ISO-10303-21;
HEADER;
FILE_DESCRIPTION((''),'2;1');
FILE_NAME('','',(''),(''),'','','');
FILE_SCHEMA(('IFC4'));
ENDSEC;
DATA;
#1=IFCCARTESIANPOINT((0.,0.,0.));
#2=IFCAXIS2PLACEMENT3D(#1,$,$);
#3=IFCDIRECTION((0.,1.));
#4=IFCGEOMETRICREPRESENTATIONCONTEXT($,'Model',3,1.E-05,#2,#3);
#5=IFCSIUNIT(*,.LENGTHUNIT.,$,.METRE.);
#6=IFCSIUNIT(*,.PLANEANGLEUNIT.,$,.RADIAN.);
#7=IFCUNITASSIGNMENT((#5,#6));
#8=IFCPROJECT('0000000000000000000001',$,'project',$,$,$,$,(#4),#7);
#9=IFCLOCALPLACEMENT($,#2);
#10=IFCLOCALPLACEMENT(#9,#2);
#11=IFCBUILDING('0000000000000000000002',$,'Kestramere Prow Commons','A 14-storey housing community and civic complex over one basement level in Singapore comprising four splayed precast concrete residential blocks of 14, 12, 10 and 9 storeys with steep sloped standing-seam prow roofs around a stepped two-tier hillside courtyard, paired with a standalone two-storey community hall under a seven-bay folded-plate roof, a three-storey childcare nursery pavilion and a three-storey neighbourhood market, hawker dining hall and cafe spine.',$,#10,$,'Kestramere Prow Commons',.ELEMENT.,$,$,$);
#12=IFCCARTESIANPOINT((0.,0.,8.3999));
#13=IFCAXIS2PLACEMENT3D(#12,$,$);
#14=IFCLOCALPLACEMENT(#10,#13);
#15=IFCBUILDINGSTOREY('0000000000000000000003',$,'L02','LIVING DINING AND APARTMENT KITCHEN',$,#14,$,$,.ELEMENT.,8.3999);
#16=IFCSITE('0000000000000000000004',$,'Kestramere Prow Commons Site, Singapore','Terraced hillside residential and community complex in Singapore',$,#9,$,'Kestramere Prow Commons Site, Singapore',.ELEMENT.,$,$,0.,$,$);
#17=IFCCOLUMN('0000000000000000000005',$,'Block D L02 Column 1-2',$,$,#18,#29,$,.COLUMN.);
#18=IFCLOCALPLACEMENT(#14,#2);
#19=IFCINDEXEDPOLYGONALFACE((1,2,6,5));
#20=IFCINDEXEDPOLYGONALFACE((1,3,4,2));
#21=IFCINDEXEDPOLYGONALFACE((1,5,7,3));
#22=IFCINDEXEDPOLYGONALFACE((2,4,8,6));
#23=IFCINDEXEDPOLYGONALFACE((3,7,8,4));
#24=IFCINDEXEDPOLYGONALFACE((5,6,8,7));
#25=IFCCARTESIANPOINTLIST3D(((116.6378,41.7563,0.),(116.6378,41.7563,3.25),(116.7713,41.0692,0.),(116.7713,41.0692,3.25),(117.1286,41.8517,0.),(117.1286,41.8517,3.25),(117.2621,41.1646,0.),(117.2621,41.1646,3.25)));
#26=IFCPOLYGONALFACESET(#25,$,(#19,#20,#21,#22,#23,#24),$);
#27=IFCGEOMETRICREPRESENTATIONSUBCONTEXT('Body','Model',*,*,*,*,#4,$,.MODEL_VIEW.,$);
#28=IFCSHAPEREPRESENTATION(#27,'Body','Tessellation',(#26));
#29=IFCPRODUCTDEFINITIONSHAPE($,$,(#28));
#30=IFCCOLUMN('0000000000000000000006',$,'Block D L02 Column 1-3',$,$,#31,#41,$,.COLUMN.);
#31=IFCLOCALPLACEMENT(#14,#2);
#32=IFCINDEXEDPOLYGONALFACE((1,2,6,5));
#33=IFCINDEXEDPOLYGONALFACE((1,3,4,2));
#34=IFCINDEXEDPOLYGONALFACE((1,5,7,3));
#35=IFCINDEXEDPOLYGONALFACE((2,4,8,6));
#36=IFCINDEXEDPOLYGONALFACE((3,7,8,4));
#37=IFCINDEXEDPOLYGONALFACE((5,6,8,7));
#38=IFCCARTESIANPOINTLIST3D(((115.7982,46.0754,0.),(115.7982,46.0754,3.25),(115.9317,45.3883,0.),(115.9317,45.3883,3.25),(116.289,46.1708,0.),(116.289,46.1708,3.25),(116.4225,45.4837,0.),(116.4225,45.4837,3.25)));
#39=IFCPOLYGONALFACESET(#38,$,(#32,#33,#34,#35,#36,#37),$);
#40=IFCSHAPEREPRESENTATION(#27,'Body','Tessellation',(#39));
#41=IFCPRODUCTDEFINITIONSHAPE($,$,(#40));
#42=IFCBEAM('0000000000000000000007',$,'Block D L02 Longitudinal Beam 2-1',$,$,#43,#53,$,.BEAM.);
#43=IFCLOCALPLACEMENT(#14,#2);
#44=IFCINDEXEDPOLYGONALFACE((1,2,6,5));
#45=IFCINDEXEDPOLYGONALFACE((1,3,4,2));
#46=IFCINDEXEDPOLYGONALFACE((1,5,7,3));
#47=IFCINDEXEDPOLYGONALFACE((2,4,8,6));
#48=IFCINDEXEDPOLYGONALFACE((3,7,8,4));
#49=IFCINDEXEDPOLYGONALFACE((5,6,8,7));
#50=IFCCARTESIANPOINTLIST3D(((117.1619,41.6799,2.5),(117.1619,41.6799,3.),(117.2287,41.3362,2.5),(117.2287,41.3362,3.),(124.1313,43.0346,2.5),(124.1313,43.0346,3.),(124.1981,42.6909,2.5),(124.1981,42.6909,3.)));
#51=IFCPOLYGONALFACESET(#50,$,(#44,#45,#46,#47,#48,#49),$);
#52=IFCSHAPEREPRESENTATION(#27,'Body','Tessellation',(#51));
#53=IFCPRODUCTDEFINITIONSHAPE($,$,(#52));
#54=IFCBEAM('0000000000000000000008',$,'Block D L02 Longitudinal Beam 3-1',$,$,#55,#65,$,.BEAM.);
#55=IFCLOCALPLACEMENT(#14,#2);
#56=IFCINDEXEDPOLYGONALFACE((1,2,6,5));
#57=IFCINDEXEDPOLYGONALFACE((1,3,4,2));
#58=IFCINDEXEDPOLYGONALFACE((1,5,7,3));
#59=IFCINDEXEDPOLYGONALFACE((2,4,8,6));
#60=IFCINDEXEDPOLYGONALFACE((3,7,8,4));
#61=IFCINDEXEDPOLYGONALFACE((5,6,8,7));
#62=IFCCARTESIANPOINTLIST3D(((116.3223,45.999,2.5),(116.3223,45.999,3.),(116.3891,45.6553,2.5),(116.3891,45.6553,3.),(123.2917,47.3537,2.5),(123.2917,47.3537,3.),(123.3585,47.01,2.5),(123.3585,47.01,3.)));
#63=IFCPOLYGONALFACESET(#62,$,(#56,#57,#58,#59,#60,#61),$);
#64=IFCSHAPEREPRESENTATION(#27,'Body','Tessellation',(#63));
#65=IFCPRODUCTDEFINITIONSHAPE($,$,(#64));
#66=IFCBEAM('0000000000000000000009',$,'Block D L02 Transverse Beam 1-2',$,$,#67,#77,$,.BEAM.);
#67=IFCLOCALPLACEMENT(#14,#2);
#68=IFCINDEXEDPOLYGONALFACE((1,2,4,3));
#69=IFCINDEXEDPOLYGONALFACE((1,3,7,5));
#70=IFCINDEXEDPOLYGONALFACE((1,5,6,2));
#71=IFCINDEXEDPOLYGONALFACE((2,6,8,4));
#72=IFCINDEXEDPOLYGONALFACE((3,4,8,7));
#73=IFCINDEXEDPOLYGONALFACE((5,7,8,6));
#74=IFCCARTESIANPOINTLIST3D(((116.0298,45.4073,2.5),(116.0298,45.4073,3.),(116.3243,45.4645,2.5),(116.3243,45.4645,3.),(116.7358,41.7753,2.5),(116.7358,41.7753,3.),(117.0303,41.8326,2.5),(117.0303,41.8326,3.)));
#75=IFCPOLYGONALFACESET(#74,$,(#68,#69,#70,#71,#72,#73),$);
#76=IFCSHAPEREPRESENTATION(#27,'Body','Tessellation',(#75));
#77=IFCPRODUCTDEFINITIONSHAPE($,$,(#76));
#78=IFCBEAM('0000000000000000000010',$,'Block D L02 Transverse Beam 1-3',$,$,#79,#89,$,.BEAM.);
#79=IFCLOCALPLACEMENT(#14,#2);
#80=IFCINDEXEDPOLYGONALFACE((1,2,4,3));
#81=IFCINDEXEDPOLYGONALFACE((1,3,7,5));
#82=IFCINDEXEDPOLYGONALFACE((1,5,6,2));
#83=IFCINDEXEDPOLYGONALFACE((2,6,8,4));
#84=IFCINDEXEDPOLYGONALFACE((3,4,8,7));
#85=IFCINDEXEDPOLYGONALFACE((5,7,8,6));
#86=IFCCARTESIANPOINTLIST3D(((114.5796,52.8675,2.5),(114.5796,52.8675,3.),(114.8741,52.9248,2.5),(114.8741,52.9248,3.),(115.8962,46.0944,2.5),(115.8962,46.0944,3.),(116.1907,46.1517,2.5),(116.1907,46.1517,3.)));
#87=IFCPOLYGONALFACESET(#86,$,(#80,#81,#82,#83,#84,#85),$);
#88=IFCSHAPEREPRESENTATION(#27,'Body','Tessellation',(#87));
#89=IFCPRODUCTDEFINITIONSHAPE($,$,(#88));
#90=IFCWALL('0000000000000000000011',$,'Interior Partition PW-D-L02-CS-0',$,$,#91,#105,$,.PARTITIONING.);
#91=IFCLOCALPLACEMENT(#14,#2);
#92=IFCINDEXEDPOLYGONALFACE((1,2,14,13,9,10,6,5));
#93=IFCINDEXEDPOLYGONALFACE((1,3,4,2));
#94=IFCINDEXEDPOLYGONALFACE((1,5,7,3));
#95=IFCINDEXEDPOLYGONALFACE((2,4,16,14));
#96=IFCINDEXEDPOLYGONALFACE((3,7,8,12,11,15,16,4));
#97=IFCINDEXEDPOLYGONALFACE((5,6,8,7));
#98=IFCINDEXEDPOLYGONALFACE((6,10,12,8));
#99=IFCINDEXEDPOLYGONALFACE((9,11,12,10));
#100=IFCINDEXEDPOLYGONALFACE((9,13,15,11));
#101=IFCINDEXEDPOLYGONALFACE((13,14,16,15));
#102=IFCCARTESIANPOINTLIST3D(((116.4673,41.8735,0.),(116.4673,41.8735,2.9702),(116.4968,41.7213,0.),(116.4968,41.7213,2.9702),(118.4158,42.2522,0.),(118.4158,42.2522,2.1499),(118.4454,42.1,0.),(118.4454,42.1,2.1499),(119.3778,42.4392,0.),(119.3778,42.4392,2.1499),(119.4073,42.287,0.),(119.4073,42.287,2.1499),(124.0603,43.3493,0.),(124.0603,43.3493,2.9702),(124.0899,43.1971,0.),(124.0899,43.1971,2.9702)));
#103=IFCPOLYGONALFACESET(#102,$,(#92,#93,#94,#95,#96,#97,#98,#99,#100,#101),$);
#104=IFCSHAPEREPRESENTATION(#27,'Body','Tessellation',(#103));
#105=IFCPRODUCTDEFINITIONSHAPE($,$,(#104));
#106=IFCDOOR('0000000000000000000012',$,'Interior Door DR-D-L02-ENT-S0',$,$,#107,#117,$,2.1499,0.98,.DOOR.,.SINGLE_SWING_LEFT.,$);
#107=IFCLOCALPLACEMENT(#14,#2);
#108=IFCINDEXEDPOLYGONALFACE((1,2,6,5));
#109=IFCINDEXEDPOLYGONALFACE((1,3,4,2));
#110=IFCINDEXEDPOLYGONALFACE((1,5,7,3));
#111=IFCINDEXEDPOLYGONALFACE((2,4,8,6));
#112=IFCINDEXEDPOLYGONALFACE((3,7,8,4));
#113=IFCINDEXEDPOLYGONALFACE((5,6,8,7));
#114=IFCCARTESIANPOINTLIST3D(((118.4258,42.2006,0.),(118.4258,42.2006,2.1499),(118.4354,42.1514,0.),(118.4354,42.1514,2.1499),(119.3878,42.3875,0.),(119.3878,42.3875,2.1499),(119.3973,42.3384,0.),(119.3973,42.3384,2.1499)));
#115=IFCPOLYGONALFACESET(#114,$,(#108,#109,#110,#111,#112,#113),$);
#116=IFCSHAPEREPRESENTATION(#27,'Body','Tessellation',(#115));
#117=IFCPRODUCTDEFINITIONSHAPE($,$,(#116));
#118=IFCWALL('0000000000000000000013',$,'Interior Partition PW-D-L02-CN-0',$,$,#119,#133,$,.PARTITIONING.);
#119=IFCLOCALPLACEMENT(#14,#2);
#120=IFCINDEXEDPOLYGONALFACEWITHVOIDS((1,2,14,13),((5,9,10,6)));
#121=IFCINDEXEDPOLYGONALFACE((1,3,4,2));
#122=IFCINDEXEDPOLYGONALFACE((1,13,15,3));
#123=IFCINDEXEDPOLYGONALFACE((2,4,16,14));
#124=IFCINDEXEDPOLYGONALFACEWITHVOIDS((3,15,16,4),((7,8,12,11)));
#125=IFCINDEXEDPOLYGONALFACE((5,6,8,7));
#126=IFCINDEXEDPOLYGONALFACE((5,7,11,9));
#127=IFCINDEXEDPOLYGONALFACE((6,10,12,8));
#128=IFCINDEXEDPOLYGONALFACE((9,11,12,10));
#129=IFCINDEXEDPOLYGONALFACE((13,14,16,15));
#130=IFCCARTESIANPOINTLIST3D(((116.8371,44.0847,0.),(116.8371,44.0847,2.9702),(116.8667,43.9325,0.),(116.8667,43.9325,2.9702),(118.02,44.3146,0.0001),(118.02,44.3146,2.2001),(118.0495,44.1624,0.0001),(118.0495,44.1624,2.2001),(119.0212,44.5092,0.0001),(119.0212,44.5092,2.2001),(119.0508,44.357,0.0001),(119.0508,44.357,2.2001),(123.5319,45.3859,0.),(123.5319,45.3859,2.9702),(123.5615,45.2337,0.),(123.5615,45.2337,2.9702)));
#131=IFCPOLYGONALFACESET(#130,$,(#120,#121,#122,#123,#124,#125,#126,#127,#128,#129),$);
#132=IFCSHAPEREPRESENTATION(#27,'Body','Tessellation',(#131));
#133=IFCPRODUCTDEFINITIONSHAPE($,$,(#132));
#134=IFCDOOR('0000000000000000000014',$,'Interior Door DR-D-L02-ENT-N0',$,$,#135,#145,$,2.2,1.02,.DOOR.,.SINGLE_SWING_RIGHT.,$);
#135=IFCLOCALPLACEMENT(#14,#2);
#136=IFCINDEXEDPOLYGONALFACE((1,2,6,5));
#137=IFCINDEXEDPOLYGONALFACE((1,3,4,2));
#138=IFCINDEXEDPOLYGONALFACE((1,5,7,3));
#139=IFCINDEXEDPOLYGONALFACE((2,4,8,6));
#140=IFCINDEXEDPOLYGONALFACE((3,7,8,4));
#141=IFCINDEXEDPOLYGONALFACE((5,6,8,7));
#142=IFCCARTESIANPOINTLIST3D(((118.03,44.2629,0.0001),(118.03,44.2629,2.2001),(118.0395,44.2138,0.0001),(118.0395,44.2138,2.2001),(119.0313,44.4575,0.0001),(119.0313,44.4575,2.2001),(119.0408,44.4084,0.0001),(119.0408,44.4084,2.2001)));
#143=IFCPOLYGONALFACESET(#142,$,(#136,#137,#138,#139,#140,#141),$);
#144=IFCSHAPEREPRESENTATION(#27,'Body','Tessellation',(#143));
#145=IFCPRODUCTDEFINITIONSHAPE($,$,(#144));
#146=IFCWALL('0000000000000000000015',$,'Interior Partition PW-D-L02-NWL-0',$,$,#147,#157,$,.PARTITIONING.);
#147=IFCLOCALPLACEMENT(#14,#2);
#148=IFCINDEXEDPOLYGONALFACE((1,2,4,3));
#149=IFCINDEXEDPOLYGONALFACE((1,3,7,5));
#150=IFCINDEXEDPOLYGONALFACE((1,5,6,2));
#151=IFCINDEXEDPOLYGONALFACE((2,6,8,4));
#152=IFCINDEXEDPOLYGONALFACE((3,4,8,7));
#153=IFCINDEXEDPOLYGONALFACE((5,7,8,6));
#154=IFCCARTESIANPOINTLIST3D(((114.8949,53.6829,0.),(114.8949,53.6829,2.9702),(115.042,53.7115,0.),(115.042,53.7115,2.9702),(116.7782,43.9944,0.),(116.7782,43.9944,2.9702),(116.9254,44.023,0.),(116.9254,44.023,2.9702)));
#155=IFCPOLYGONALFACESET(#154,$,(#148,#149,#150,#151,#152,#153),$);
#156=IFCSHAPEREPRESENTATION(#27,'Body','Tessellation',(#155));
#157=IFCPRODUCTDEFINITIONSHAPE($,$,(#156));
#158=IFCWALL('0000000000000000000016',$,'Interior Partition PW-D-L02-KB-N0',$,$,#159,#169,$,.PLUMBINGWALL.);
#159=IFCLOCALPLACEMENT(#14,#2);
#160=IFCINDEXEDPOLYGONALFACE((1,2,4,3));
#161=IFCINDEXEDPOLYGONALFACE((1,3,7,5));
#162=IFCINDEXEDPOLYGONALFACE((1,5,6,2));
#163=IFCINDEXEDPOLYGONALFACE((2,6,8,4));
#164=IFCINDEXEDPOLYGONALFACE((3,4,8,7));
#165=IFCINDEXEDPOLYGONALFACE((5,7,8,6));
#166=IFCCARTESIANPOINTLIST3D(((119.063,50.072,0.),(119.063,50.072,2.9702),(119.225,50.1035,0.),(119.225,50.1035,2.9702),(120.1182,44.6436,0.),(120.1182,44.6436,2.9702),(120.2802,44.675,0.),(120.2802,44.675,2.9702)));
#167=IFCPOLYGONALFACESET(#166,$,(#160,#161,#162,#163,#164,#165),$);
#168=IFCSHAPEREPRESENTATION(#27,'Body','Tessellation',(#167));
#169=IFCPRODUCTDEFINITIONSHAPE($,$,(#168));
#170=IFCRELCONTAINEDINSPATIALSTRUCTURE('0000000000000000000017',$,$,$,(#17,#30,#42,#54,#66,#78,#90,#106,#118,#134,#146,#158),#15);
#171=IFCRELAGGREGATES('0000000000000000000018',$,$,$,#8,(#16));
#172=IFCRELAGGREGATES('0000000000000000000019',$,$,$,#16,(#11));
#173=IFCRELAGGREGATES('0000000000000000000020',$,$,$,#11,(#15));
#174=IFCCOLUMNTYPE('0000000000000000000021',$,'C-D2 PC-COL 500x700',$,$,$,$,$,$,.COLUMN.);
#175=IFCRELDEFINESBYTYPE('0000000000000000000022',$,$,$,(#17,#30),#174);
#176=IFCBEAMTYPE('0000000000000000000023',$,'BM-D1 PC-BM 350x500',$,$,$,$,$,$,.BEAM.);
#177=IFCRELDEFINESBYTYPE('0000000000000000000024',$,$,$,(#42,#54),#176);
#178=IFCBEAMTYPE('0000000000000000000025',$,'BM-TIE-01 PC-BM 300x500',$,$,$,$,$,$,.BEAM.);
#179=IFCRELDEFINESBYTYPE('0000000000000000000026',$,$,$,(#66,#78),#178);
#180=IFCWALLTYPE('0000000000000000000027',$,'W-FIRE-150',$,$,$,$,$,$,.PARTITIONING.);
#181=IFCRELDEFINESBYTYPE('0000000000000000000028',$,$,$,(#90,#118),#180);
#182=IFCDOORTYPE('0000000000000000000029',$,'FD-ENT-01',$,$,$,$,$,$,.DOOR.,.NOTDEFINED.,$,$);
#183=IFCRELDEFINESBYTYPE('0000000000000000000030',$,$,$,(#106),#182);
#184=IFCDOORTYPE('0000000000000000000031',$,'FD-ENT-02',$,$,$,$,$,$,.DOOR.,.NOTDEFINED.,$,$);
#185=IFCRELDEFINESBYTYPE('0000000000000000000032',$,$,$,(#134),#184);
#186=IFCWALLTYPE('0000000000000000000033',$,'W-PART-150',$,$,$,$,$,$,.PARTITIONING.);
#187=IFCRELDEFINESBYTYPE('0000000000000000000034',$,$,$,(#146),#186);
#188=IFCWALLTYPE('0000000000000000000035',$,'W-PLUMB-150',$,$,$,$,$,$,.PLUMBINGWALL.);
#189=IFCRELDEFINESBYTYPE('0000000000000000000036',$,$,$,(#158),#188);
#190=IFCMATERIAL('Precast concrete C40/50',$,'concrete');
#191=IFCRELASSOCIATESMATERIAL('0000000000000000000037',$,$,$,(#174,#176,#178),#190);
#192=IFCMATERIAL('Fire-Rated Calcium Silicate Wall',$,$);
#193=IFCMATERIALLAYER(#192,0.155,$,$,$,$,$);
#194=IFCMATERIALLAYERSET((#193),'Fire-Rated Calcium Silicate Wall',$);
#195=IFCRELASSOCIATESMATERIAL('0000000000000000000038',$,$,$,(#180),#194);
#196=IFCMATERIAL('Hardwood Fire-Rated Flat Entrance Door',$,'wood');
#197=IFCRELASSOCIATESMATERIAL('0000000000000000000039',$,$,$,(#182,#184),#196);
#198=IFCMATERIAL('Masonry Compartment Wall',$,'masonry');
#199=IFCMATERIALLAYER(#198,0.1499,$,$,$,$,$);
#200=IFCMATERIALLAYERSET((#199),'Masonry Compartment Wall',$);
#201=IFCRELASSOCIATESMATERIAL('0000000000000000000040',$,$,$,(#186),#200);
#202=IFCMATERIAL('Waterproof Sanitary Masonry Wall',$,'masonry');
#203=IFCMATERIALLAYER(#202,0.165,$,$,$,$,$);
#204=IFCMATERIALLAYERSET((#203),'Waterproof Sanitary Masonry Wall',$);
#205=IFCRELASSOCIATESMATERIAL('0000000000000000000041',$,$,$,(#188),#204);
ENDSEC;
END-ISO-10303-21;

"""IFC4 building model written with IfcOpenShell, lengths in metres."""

from ifc_helpers import new_model, si_unit, direction, frame, frame_2d, origin, origin_2d, place, context, subcontext, project, spatial, rectangle, extrude, material, layer, layer_set, material_profile, profile_set, type_object, element, fill, save


model = new_model("IFC4")

# Units and contexts
model_context = context("Model", 3, precision=1e-05, world=origin(), true_north=direction((0.0, 1.0)))
body_context = subcontext(model_context, "Body", "Model", "MODEL_VIEW")
ifc_project = project(units=[si_unit("LENGTHUNIT", "METRE"), si_unit("PLANEANGLEUNIT", "RADIAN")], contexts=[model_context])

# Site, building, storey
site_placement = place(None, origin())
site = spatial("IfcSite", under=ifc_project, at=site_placement, Name="Kestramere Prow Commons Site, Singapore", Description="Terraced hillside residential and community complex in Singapore", LongName="Kestramere Prow Commons Site, Singapore", CompositionType="ELEMENT", RefElevation=0.0)
building_placement = place(site_placement, origin())
building = spatial("IfcBuilding", under=site, at=building_placement, Name="Kestramere Prow Commons", Description="A 14-storey housing community and civic complex over one basement level in Singapore comprising four splayed precast concrete residential blocks of 14, 12, 10 and 9 storeys with steep sloped standing-seam prow roofs around a stepped two-tier hillside courtyard, paired with a standalone two-storey community hall under a seven-bay folded-plate roof, a three-storey childcare nursery pavilion and a three-storey neighbourhood market, hawker dining hall and cafe spine.", LongName="Kestramere Prow Commons", CompositionType="ELEMENT")
storey_placement = place(building_placement, frame((0.0, 0.0, 8.3999)))
storey = spatial("IfcBuildingStorey", under=building, at=storey_placement, Name="L02", Description="LIVING DINING AND APARTMENT KITCHEN", CompositionType="ELEMENT", Elevation=8.3999)

# Columns
ifc_material_1 = material(Name="Precast concrete C40/50", Category="concrete")
ifc_material_profile_1 = material_profile(ifc_material_1, rectangle(XDim=0.5, YDim=0.7, at=origin_2d()), Name="PC-COL 500x700")
ifc_profile_set_1 = profile_set([ifc_material_profile_1], Name="Precast concrete C40/50")
column_type = type_object("IfcColumnType", Name="C-D2 PC-COL 500x700", PredefinedType="COLUMN", material=ifc_profile_set_1)
for number, where, z_axis, x_axis, name in (
    (1, (116.95, 41.4604, 0.0), (0.0, 0.0, 1.0), (0.981627, 0.190809, 0.0), "Block D L02 Column 1-2"),
    (2, (116.1104, 45.7795, 0.0), (0.0, 0.0, 1.0), (0.981627, 0.190809, 0.0), "Block D L02 Column 1-3"),
):
    element("IfcColumn", number, at=place(storey_placement, frame(where, z_axis=z_axis, x_axis=x_axis)), inside=storey, type_object=column_type, Name=name, PredefinedType="COLUMN", context=body_context, shape_type="SweptSolid", body=[
        extrude(rectangle(XDim=0.5, YDim=0.7, at=origin_2d()), origin(), (0.0, 0.0, 1.0), 3.25),
    ])

# Beams
ifc_material_profile_2 = material_profile(ifc_material_1, rectangle(XDim=0.3501, YDim=0.5, at=origin_2d()), Name="PC-BM 350x500")
ifc_profile_set_2 = profile_set([ifc_material_profile_2], Name="Precast concrete C40/50")
beam_type_1 = type_object("IfcBeamType", Name="BM-D1 PC-BM 350x500", PredefinedType="BEAM", material=ifc_profile_set_2)
for number, where, z_axis, x_axis, name in (
    (3, (117.1953, 41.5081, 2.75), (0.981627, 0.19081, 0.0), (-0.19081, 0.981627, 0.0), "Block D L02 Longitudinal Beam 2-1"),
    (4, (116.3557, 45.8271, 2.75), (0.981627, 0.19081, 0.0), (-0.19081, 0.981627, 0.0), "Block D L02 Longitudinal Beam 3-1"),
):
    element("IfcBeam", number, at=place(storey_placement, frame(where, z_axis=z_axis, x_axis=x_axis)), inside=storey, type_object=beam_type_1, Name=name, PredefinedType="BEAM", context=body_context, shape_type="SweptSolid", body=[
        extrude(rectangle(XDim=0.3501, YDim=0.5, at=origin_2d()), origin(), (0.0, 0.0, 1.0), 7.0999),
    ])
ifc_material_profile_3 = material_profile(ifc_material_1, rectangle(XDim=0.3, YDim=0.5, at=origin_2d()), Name="PC-BM 300x500")
ifc_profile_set_3 = profile_set([ifc_material_profile_3], Name="Precast concrete C40/50")
beam_type_2 = type_object("IfcBeamType", Name="BM-TIE-01 PC-BM 300x500", PredefinedType="BEAM", material=ifc_profile_set_3)
beam_1_placement = place(storey_placement, frame((116.8831, 41.804, 2.75), z_axis=(-0.190822, 0.981625, 0.0), x_axis=(-0.981625, -0.190822, 0.0)))
element("IfcBeam", 5, at=beam_1_placement, inside=storey, type_object=beam_type_2, Name="Block D L02 Transverse Beam 1-2", PredefinedType="BEAM", context=body_context, shape_type="SweptSolid", body=[
    extrude(rectangle(XDim=0.3, YDim=0.5, at=origin_2d()), origin(), (0.0, 0.0, 1.0), 3.7),
])
beam_2_placement = place(storey_placement, frame((116.0435, 46.123, 2.75), z_axis=(-0.190819, 0.981625, 0.0), x_axis=(-0.981625, -0.190819, 0.0)))
element("IfcBeam", 6, at=beam_2_placement, inside=storey, type_object=beam_type_2, Name="Block D L02 Transverse Beam 1-3", PredefinedType="BEAM", context=body_context, shape_type="SweptSolid", body=[
    extrude(rectangle(XDim=0.3, YDim=0.5, at=origin_2d()), origin(), (0.0, 0.0, 1.0), 6.8999),
])

# Walls, openings, doors
ifc_material_2 = material(Name="Fire-Rated Calcium Silicate Wall")
ifc_layer_1 = layer(ifc_material_2, 0.155)
ifc_layer_set_1 = layer_set([ifc_layer_1], Name="Fire-Rated Calcium Silicate Wall")
wall_type_1 = type_object("IfcWallType", Name="W-FIRE-150", PredefinedType="PARTITIONING", material=ifc_layer_set_1)
wall_1_placement = place(storey_placement, frame((116.4819, 41.7974, 0.0), z_axis=(0.0, 0.0, 1.0), x_axis=(0.98163, 0.190796, 0.0)))
wall_1 = element("IfcWall", 7, at=wall_1_placement, inside=storey, type_object=wall_type_1, Name="Interior Partition PW-D-L02-CS-0", PredefinedType="PARTITIONING", context=body_context, shape_type="SweptSolid", body=[
    extrude(rectangle(XDim=7.7351, YDim=0.155, at=frame_2d((3.8677, 0.0))), origin(), (0.0, 0.0, 1.0), 2.9702),
])
opening_1_placement = place(wall_1_placement, frame((1.9851, 0.0, 0.0)))
opening_1 = element("IfcOpeningElement", 8, at=opening_1_placement, cuts=wall_1, PredefinedType="OPENING", context=body_context, shape_type="SweptSolid", body=[
    extrude(rectangle(XDim=0.98, YDim=2.1499, at=frame_2d((0.49, 1.075))), frame((0.0, 0.0925, 0.0), z_axis=(0.0, -1.0, 0.0), x_axis=(1.0, 0.0, 0.0)), (0.0, 0.0, 1.0), 0.1851),
])
ifc_material_3 = material(Name="Hardwood Fire-Rated Flat Entrance Door", Category="wood")
door_type_1 = type_object("IfcDoorType", Name="FD-ENT-01", OperationType="NOTDEFINED", PredefinedType="DOOR", material=ifc_material_3)
door_1_placement = place(opening_1_placement, origin())
door_1 = element("IfcDoor", 9, at=door_1_placement, inside=storey, type_object=door_type_1, Name="Interior Door DR-D-L02-ENT-S0", OperationType="SINGLE_SWING_LEFT", OverallHeight=2.1499, OverallWidth=0.98, PredefinedType="DOOR", context=body_context, shape_type="SweptSolid", body=[
    extrude(rectangle(XDim=0.98, YDim=2.1499, at=frame_2d((0.49, 1.075))), frame((0.0, 0.0249, 0.0), z_axis=(0.0, -1.0, 0.0), x_axis=(1.0, 0.0, 0.0)), (0.0, 0.0, 1.0), 0.05),
])
fill(opening_1, door_1)
wall_2_placement = place(storey_placement, frame((116.8518, 44.0085, 0.0), z_axis=(0.0, 0.0, 1.0), x_axis=(0.981629, 0.190799, 0.0)))
wall_2 = element("IfcWall", 10, at=wall_2_placement, inside=storey, type_object=wall_type_1, Name="Interior Partition PW-D-L02-CN-0", PredefinedType="PARTITIONING", context=body_context, shape_type="SweptSolid", body=[
    extrude(rectangle(XDim=6.8201, YDim=0.155, at=frame_2d((3.4102, 0.0))), origin(), (0.0, 0.0, 1.0), 2.9702),
])
opening_2_placement = place(wall_2_placement, frame((1.2051, 0.0, 0.0)))
opening_2 = element("IfcOpeningElement", 11, at=opening_2_placement, cuts=wall_2, PredefinedType="OPENING", context=body_context, shape_type="SweptSolid", body=[
    extrude(rectangle(XDim=1.02, YDim=2.2, at=frame_2d((0.51, 1.1001))), frame((0.0, 0.0925, 0.0), z_axis=(0.0, -1.0, 0.0), x_axis=(1.0, 0.0, 0.0)), (0.0, 0.0, 1.0), 0.1851),
])
door_type_2 = type_object("IfcDoorType", Name="FD-ENT-02", OperationType="NOTDEFINED", PredefinedType="DOOR", material=ifc_material_3)
door_2_placement = place(opening_2_placement, origin())
door_2 = element("IfcDoor", 12, at=door_2_placement, inside=storey, type_object=door_type_2, Name="Interior Door DR-D-L02-ENT-N0", OperationType="SINGLE_SWING_RIGHT", OverallHeight=2.2, OverallWidth=1.02, PredefinedType="DOOR", context=body_context, shape_type="SweptSolid", body=[
    extrude(rectangle(XDim=1.02, YDim=2.2, at=frame_2d((0.51, 1.1001))), frame((0.0, 0.0249, 0.0), z_axis=(0.0, -1.0, 0.0), x_axis=(1.0, 0.0, 0.0)), (0.0, 0.0, 1.0), 0.05),
])
fill(opening_2, door_2)

# Walls
ifc_material_4 = material(Name="Masonry Compartment Wall", Category="masonry")
ifc_layer_2 = layer(ifc_material_4, 0.1499)
ifc_layer_set_2 = layer_set([ifc_layer_2], Name="Masonry Compartment Wall")
wall_type_2 = type_object("IfcWallType", Name="W-PART-150", PredefinedType="PARTITIONING", material=ifc_layer_set_2)
wall_3_placement = place(storey_placement, frame((116.8518, 44.0085, 0.0), z_axis=(0.0, 0.0, 1.0), x_axis=(-0.190814, 0.981626, 0.0)))
element("IfcWall", 13, at=wall_3_placement, inside=storey, type_object=wall_type_2, Name="Interior Partition PW-D-L02-NWL-0", PredefinedType="PARTITIONING", context=body_context, shape_type="SweptSolid", body=[
    extrude(rectangle(XDim=9.8699, YDim=0.1499, at=frame_2d((4.9351, 0.0))), origin(), (0.0, 0.0, 1.0), 2.9702),
])
ifc_material_5 = material(Name="Waterproof Sanitary Masonry Wall", Category="masonry")
ifc_layer_3 = layer(ifc_material_5, 0.165)
ifc_layer_set_3 = layer_set([ifc_layer_3], Name="Waterproof Sanitary Masonry Wall")
wall_type_3 = type_object("IfcWallType", Name="W-PLUMB-150", PredefinedType="PLUMBINGWALL", material=ifc_layer_set_3)
wall_4_placement = place(storey_placement, frame((120.1992, 44.6592, 0.0), z_axis=(0.0, 0.0, 1.0), x_axis=(-0.190807, 0.981628, 0.0)))
element("IfcWall", 14, at=wall_4_placement, inside=storey, type_object=wall_type_3, Name="Interior Partition PW-D-L02-KB-N0", PredefinedType="PLUMBINGWALL", context=body_context, shape_type="SweptSolid", body=[
    extrude(rectangle(XDim=5.53, YDim=0.165, at=frame_2d((2.7651, 0.0))), origin(), (0.0, 0.0, 1.0), 2.9702),
])

save(model, "model.ifc")
